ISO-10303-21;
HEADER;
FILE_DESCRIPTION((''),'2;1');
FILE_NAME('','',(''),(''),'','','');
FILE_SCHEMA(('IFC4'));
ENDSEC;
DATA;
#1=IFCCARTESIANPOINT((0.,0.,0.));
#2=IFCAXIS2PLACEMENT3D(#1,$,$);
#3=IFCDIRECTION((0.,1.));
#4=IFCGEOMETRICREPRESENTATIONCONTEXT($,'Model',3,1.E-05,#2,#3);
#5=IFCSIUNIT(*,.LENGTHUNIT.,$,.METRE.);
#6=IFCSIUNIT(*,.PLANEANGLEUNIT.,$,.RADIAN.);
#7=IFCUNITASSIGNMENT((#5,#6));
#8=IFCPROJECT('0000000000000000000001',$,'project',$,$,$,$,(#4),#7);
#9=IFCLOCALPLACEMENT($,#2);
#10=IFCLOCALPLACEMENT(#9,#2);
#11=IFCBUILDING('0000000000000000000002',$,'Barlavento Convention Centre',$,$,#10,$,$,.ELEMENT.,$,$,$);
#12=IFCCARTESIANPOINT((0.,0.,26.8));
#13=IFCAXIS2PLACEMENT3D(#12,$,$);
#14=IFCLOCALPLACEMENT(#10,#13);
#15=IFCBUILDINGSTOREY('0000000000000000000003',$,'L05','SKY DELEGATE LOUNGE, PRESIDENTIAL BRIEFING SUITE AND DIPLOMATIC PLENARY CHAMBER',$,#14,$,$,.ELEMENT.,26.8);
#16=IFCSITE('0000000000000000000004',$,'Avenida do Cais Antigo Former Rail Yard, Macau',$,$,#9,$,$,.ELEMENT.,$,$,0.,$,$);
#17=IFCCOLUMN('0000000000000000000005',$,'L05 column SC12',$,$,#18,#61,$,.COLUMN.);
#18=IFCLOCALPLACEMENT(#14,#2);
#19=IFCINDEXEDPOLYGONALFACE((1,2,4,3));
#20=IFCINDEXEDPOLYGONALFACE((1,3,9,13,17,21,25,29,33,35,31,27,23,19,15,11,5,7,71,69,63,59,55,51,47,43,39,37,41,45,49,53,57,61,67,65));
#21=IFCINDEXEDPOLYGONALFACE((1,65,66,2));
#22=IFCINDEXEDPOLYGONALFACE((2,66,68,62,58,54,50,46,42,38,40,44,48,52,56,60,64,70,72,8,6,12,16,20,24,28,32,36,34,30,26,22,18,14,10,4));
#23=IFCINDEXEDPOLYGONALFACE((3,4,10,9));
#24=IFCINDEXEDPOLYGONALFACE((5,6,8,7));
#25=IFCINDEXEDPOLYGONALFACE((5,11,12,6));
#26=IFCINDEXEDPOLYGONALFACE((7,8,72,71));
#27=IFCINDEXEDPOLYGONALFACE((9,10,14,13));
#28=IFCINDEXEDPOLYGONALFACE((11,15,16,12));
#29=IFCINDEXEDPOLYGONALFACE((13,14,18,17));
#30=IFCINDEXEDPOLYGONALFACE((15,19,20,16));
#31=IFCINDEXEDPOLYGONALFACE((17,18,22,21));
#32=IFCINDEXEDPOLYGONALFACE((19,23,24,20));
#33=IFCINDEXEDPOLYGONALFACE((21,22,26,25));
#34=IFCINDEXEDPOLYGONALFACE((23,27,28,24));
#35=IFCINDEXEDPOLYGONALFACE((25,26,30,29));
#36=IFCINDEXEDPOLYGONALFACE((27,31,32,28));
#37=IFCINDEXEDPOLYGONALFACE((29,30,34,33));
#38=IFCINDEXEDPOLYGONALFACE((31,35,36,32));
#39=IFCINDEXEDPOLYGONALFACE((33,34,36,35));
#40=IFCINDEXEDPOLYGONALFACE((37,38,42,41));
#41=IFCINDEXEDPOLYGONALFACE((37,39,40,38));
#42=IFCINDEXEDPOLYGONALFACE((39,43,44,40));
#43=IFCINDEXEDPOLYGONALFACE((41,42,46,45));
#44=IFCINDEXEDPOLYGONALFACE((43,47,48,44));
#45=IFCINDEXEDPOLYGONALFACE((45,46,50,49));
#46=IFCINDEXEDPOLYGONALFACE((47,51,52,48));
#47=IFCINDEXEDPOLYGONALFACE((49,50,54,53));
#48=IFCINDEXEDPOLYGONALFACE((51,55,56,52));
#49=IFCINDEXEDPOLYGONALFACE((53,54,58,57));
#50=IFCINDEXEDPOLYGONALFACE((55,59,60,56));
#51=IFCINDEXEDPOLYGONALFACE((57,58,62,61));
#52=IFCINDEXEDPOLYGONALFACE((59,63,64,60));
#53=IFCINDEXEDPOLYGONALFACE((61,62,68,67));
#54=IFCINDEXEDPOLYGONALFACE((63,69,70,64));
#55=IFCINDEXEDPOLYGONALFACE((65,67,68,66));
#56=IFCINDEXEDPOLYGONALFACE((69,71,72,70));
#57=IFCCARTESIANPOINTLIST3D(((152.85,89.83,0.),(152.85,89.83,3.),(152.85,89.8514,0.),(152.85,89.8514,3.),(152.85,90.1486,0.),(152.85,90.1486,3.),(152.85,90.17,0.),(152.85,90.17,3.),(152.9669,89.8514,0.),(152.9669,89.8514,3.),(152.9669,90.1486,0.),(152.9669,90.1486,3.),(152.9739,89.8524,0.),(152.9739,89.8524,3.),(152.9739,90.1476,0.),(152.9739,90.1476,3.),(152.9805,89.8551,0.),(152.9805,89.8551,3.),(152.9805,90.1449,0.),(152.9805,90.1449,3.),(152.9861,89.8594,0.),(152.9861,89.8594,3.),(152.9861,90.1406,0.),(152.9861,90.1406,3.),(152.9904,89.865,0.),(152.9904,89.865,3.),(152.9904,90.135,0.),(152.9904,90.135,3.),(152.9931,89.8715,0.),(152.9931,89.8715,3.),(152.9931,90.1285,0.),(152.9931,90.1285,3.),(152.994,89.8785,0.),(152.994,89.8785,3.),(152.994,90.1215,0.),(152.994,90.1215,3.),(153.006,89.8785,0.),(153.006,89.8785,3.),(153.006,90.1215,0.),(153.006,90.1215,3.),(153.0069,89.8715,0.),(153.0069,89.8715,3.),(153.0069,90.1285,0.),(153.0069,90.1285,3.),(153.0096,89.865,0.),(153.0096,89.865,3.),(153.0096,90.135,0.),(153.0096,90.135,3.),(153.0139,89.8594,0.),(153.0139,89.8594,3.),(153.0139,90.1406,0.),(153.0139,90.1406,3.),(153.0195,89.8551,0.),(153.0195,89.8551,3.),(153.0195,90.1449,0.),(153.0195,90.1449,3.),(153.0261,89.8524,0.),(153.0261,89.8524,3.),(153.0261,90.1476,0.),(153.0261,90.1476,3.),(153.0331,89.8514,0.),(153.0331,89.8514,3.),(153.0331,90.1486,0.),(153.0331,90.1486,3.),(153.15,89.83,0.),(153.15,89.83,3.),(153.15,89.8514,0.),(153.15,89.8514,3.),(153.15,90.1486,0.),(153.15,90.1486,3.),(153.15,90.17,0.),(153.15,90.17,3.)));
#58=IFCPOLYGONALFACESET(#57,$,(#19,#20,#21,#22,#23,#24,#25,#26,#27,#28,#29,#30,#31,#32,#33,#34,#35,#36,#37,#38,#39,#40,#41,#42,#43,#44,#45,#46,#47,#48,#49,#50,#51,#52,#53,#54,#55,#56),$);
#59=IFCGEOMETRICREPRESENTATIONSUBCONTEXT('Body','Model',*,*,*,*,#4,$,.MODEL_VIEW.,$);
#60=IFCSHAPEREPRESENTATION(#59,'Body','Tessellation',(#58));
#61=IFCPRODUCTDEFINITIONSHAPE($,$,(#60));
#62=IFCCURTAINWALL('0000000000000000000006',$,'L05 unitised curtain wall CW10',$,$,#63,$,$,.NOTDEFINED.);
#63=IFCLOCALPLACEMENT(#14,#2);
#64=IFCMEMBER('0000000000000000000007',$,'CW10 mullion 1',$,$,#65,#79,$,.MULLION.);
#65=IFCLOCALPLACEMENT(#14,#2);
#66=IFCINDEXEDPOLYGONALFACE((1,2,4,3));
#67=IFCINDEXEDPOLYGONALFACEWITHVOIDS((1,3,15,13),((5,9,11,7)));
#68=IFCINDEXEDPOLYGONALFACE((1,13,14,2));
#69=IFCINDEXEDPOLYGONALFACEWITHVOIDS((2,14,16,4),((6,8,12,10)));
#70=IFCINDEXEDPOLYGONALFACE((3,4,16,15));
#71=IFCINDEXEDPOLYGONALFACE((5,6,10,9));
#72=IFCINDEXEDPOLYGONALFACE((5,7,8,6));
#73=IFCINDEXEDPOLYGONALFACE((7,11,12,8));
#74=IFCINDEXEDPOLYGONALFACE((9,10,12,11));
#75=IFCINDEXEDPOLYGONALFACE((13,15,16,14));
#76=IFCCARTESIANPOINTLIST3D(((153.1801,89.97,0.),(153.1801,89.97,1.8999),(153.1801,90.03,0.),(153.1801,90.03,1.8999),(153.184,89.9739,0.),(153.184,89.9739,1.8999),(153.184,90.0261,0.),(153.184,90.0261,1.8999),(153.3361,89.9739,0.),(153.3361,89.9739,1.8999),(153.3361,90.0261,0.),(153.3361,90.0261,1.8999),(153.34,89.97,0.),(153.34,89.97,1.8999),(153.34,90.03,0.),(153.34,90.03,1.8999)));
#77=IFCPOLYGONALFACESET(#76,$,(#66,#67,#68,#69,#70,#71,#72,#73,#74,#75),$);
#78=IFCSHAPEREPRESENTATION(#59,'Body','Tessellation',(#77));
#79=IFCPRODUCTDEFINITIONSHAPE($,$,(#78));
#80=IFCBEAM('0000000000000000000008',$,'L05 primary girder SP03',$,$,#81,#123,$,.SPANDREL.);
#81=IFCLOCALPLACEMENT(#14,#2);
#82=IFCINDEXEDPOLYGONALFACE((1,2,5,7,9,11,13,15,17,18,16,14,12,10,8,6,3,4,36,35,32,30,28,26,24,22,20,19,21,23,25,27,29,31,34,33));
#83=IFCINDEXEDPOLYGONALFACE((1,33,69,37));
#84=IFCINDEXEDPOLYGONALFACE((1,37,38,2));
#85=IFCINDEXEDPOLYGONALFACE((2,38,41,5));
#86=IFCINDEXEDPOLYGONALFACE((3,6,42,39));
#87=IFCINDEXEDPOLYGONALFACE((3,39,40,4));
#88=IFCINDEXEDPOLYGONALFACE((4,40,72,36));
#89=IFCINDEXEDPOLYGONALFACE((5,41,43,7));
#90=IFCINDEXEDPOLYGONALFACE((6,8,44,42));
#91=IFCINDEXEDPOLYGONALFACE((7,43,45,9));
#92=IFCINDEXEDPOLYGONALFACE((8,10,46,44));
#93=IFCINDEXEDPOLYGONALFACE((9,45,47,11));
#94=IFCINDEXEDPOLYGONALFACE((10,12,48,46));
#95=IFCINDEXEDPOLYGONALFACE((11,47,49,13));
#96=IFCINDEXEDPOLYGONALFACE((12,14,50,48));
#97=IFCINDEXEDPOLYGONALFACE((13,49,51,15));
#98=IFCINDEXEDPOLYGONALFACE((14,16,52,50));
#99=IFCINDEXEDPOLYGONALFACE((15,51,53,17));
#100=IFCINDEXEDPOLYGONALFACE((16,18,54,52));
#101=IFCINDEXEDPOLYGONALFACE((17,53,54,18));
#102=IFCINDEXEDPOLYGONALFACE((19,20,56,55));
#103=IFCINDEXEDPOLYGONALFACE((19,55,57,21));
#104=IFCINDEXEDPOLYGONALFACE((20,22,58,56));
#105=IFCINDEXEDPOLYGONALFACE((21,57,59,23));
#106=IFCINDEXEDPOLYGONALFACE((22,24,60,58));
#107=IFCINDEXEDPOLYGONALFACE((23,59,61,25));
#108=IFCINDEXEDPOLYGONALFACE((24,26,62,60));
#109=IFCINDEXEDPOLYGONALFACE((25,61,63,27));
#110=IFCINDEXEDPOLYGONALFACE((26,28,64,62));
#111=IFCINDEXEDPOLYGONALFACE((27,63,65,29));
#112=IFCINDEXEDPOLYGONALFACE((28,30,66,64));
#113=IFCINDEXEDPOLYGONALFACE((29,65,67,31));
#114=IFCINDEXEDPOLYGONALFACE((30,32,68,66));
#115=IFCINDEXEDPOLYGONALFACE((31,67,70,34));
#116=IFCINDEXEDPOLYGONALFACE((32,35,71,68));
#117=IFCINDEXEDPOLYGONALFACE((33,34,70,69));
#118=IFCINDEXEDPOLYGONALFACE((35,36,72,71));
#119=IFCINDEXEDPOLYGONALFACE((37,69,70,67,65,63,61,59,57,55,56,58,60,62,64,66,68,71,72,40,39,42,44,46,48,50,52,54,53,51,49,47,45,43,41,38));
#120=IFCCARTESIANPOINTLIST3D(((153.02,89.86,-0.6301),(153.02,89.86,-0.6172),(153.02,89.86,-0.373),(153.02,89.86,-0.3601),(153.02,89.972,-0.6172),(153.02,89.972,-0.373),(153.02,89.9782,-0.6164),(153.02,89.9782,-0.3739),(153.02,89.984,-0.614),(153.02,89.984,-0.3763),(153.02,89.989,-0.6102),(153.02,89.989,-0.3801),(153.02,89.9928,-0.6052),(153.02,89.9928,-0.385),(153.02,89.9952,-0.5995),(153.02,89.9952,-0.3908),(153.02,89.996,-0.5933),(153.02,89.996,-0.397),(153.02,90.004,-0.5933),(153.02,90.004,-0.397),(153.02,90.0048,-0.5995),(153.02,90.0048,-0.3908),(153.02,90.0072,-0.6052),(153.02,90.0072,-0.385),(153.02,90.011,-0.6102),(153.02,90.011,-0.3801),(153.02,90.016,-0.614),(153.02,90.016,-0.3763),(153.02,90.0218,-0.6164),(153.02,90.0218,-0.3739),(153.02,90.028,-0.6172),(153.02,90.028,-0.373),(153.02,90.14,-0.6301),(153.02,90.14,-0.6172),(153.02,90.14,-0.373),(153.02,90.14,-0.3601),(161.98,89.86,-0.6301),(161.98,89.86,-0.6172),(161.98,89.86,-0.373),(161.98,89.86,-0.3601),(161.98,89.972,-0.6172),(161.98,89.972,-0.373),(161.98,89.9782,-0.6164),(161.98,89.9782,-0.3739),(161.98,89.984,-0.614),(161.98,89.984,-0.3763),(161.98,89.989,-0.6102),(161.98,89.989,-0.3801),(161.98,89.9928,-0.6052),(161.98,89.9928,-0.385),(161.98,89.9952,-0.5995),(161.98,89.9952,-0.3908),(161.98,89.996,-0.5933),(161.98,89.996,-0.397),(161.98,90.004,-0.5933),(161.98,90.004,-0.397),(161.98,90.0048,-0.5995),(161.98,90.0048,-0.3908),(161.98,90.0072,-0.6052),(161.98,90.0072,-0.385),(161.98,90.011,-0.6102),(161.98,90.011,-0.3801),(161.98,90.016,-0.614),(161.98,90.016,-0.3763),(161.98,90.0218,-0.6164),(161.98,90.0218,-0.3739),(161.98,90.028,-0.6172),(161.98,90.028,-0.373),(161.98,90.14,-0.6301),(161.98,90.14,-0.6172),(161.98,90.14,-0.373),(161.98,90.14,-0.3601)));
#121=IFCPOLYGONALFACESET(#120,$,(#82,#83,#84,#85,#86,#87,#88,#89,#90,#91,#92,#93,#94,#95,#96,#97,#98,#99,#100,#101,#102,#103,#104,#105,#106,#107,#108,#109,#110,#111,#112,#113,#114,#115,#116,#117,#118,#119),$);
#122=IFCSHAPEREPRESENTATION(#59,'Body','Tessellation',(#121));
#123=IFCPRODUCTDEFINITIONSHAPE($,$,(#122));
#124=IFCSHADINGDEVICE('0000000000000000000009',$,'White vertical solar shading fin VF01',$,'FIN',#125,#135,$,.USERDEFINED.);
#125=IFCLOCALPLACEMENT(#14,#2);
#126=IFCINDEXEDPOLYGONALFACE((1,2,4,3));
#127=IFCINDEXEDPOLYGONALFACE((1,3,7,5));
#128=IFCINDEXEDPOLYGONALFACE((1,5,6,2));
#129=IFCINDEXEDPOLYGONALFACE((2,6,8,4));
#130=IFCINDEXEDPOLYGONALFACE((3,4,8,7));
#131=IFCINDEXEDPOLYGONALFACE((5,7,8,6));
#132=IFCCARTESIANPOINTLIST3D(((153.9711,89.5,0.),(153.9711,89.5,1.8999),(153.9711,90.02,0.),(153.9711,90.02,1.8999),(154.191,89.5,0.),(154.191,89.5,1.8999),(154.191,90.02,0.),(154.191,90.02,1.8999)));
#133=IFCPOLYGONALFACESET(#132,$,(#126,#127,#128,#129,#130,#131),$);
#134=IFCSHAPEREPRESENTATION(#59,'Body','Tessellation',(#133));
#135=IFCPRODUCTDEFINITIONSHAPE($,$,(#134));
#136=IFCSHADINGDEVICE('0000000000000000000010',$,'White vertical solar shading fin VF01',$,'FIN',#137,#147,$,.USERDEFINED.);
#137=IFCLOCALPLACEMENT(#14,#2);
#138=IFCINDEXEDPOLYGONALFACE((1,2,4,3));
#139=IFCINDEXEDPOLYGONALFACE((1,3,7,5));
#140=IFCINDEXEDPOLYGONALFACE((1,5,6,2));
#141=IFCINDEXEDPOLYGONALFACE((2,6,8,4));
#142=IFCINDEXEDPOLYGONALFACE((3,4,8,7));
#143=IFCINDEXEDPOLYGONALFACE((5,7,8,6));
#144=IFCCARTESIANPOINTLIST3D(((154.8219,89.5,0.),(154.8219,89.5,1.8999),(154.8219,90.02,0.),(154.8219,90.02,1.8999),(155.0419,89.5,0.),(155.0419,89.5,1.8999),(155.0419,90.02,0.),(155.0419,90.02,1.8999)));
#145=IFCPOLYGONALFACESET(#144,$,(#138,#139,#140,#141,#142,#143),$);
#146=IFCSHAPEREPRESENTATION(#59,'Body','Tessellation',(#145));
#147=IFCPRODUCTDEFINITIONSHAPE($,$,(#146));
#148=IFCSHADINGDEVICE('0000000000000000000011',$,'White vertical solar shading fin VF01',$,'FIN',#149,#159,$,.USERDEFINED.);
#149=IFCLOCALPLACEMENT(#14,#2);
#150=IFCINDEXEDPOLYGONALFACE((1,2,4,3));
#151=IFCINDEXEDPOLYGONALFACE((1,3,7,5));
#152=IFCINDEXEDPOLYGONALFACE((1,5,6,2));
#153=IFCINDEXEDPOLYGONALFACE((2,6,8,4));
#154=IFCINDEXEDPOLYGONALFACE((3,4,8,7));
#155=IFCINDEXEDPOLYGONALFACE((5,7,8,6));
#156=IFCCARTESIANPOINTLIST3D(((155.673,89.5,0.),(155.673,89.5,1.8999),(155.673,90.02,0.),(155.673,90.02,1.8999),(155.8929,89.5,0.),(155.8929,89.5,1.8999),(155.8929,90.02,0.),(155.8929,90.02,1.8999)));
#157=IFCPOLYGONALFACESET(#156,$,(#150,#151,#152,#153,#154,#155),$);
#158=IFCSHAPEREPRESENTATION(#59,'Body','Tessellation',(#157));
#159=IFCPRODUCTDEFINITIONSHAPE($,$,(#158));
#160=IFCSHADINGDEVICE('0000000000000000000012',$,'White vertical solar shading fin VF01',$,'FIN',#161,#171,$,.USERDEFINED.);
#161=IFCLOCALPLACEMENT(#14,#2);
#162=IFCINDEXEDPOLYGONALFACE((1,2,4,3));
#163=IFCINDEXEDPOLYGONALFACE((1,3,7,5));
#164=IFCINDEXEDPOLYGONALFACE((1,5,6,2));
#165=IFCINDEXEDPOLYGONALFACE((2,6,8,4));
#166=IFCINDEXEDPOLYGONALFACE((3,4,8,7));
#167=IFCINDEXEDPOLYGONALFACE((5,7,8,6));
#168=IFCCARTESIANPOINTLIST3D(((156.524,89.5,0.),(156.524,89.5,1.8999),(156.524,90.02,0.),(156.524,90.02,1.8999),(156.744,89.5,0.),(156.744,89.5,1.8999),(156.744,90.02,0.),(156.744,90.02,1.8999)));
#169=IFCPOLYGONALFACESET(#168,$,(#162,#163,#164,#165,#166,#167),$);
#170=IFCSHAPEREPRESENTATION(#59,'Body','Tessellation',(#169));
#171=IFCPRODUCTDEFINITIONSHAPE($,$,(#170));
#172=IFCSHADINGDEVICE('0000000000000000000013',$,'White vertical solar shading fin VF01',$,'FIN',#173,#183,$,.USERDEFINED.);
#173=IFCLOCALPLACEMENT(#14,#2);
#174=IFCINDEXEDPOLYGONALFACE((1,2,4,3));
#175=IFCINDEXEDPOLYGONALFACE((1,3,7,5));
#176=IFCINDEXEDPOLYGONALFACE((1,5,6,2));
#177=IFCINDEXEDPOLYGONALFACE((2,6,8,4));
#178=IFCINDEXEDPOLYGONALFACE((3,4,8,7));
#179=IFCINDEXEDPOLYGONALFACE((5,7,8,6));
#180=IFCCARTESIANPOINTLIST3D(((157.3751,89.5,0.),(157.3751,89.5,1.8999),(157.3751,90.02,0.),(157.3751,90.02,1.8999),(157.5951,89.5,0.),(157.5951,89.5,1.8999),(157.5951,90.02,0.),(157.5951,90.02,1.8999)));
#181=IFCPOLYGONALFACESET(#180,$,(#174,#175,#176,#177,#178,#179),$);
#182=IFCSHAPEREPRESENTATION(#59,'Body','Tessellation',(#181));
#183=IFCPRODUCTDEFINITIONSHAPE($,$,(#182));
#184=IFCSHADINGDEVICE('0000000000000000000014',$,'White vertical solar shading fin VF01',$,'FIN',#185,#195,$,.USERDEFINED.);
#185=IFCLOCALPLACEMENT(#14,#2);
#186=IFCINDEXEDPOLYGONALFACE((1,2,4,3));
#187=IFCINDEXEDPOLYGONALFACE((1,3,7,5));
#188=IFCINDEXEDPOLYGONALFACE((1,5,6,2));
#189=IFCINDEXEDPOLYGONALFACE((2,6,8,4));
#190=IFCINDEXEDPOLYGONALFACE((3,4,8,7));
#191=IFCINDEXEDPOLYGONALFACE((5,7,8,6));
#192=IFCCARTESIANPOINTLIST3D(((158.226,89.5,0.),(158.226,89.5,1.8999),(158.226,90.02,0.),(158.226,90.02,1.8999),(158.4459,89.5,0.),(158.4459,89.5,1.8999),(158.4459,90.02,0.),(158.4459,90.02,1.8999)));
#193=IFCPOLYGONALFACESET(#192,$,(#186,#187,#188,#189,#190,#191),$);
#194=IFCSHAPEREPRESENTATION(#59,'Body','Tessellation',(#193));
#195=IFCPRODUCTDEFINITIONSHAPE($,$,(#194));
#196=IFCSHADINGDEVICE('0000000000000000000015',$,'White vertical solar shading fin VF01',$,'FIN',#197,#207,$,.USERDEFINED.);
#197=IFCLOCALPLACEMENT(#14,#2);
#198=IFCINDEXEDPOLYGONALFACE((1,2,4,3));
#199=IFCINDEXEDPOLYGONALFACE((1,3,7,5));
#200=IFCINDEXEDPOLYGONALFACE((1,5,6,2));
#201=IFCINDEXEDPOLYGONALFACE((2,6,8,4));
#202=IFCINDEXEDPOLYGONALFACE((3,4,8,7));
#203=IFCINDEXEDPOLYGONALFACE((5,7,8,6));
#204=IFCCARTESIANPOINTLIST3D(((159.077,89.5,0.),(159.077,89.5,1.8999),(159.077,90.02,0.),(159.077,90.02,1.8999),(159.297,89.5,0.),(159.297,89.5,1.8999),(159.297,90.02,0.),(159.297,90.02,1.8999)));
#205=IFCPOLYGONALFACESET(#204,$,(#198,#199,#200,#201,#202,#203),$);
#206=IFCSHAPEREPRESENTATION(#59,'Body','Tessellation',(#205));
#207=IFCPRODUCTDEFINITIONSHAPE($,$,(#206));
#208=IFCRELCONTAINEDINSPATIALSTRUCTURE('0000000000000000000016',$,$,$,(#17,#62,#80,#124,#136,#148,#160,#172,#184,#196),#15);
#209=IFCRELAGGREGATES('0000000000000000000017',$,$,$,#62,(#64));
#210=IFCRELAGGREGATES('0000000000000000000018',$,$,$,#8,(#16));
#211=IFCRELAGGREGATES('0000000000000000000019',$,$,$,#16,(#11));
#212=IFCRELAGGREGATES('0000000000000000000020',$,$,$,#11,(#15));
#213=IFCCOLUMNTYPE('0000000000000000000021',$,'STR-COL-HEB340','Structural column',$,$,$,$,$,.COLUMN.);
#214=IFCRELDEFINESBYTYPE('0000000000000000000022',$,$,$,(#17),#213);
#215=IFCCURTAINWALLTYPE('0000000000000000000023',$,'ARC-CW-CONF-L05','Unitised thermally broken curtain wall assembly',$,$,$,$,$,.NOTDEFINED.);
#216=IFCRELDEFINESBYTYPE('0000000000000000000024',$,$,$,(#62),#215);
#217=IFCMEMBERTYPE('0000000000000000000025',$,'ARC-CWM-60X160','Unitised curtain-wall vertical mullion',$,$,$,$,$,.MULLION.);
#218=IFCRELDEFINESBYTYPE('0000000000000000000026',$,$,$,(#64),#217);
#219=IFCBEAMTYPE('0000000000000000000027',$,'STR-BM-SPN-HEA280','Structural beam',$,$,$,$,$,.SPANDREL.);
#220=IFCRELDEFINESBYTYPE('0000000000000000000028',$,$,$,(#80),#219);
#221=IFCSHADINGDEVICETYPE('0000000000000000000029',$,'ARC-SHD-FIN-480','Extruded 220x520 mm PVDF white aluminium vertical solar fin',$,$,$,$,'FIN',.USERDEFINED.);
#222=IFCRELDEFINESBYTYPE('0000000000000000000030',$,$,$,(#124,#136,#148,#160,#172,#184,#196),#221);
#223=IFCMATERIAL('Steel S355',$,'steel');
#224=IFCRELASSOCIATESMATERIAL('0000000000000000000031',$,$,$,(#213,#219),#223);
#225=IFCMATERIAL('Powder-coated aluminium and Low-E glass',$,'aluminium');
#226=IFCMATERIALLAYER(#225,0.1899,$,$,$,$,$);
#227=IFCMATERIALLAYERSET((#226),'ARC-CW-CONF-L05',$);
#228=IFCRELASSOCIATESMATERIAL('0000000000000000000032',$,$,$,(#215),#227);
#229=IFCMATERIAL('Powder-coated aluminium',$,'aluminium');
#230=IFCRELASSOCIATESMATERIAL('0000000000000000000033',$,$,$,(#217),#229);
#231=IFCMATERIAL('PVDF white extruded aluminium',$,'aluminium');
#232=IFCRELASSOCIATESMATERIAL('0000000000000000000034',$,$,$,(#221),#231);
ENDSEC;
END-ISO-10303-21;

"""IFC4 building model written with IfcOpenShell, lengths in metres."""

from ifc_helpers import new_model, si_unit, direction, frame, origin, origin_2d, place, context, subcontext, project, spatial, rectangle, hollow_rectangle, i_section, extrude, material, layer, layer_set, material_profile, profile_set, type_object, element, aggregate, save


model = new_model("IFC4")

# Units and contexts
model_context = context("Model", 3, precision=1e-05, world=origin(), true_north=direction((0.0, 1.0)))
body_context = subcontext(model_context, "Body", "Model", "MODEL_VIEW")
ifc_project = project(units=[si_unit("LENGTHUNIT", "METRE"), si_unit("PLANEANGLEUNIT", "RADIAN")], contexts=[model_context])

# Site, building, storey
site_placement = place(None, origin())
site = spatial("IfcSite", under=ifc_project, at=site_placement, Name="Avenida do Cais Antigo Former Rail Yard, Macau", CompositionType="ELEMENT", RefElevation=0.0)
building_placement = place(site_placement, origin())
building = spatial("IfcBuilding", under=site, at=building_placement, Name="Barlavento Convention Centre", CompositionType="ELEMENT")
storey_placement = place(building_placement, frame((0.0, 0.0, 26.8)))
storey = spatial("IfcBuildingStorey", under=building, at=storey_placement, Name="L05", Description="SKY DELEGATE LOUNGE, PRESIDENTIAL BRIEFING SUITE AND DIPLOMATIC PLENARY CHAMBER", CompositionType="ELEMENT", Elevation=26.8)

# Column
ifc_material_1 = material(Name="Steel S355", Category="steel")
ifc_material_profile_1 = material_profile(ifc_material_1, i_section(OverallWidth=0.3, OverallDepth=0.3401, WebThickness=0.012, FlangeThickness=0.0215, FilletRadius=0.0271, at=origin_2d()), Name="HEB 340")
ifc_profile_set_1 = profile_set([ifc_material_profile_1], Name="Steel S355")
column_type = type_object("IfcColumnType", Name="STR-COL-HEB340", Description="Structural column", PredefinedType="COLUMN", material=ifc_profile_set_1)
column_placement = place(storey_placement, frame((153.0, 90.0, 0.0), z_axis=(0.0, 0.0, 1.0), x_axis=(1.0, 0.0, 0.0)))
element("IfcColumn", 1, at=column_placement, inside=storey, type_object=column_type, Name="L05 column SC12", PredefinedType="COLUMN", context=body_context, shape_type="SweptSolid", body=[
    extrude(i_section(OverallWidth=0.3, OverallDepth=0.3401, WebThickness=0.012, FlangeThickness=0.0215, FilletRadius=0.0271, at=origin_2d()), origin(), (0.0, 0.0, 1.0), 3.0),
])

# Curtain wall, member
ifc_material_2 = material(Name="Powder-coated aluminium and Low-E glass", Category="aluminium")
ifc_layer = layer(ifc_material_2, 0.1899)
ifc_layer_set = layer_set([ifc_layer], Name="ARC-CW-CONF-L05")
curtain_wall_type = type_object("IfcCurtainWallType", Name="ARC-CW-CONF-L05", Description="Unitised thermally broken curtain wall assembly", PredefinedType="NOTDEFINED", material=ifc_layer_set)
curtain_wall_placement = place(storey_placement, origin())
curtain_wall = element("IfcCurtainWall", 2, at=curtain_wall_placement, inside=storey, type_object=curtain_wall_type, Name="L05 unitised curtain wall CW10", PredefinedType="NOTDEFINED")
ifc_material_3 = material(Name="Powder-coated aluminium", Category="aluminium")
ifc_material_profile_2 = material_profile(ifc_material_3, hollow_rectangle(XDim=0.0601, YDim=0.1599, WallThickness=0.0039, at=origin_2d()), Name="AL-MULL 60x160x4")
ifc_profile_set_2 = profile_set([ifc_material_profile_2], Name="Powder-coated aluminium")
member_type = type_object("IfcMemberType", Name="ARC-CWM-60X160", Description="Unitised curtain-wall vertical mullion", PredefinedType="MULLION", material=ifc_profile_set_2)
member_placement = place(storey_placement, frame((153.26, 90.0, 0.0), z_axis=(0.0, 0.0, 1.0), x_axis=(0.0, 1.0, 0.0)))
member = element("IfcMember", 3, at=member_placement, type_object=member_type, Name="CW10 mullion 1", PredefinedType="MULLION", context=body_context, shape_type="SweptSolid", body=[
    extrude(hollow_rectangle(XDim=0.0601, YDim=0.1599, WallThickness=0.0039, at=origin_2d()), origin(), (0.0, 0.0, 1.0), 1.8999),
])
aggregate(curtain_wall, [member])

# Beam
ifc_material_profile_3 = material_profile(ifc_material_1, i_section(OverallWidth=0.28, OverallDepth=0.27, WebThickness=0.0081, FlangeThickness=0.0129, FilletRadius=0.0239, at=origin_2d()), Name="HEA 280")
ifc_profile_set_3 = profile_set([ifc_material_profile_3], Name="Steel S355")
beam_type = type_object("IfcBeamType", Name="STR-BM-SPN-HEA280", Description="Structural beam", PredefinedType="SPANDREL", material=ifc_profile_set_3)
beam_placement = place(storey_placement, frame((153.02, 90.0, -0.4951), z_axis=(1.0, 0.0, 0.0), x_axis=(0.0, 1.0, 0.0)))
element("IfcBeam", 4, at=beam_placement, inside=storey, type_object=beam_type, Name="L05 primary girder SP03", PredefinedType="SPANDREL", context=body_context, shape_type="SweptSolid", body=[
    extrude(i_section(OverallWidth=0.28, OverallDepth=0.27, WebThickness=0.0081, FlangeThickness=0.0129, FilletRadius=0.0239, at=origin_2d()), origin(), (0.0, 0.0, 1.0), 8.96),
])

# Shading devices
ifc_material_4 = material(Name="PVDF white extruded aluminium", Category="aluminium")
shading_device_type = type_object("IfcShadingDeviceType", Name="ARC-SHD-FIN-480", Description="Extruded 220x520 mm PVDF white aluminium vertical solar fin", ElementType="FIN", PredefinedType="USERDEFINED", material=ifc_material_4)
for number, where, z_axis, x_axis, name in (
    (5, (154.0811, 89.76, 0.0), (0.0, 0.0, 1.0), (1.0, 0.0, 0.0), "White vertical solar shading fin VF01"),
    (6, (154.9319, 89.76, 0.0), (0.0, 0.0, 1.0), (1.0, 0.0, 0.0), "White vertical solar shading fin VF01"),
    (7, (155.783, 89.76, 0.0), (0.0, 0.0, 1.0), (1.0, 0.0, 0.0), "White vertical solar shading fin VF01"),
    (8, (156.634, 89.76, 0.0), (0.0, 0.0, 1.0), (1.0, 0.0, 0.0), "White vertical solar shading fin VF01"),
    (9, (157.4851, 89.76, 0.0), (0.0, 0.0, 1.0), (1.0, 0.0, 0.0), "White vertical solar shading fin VF01"),
    (10, (158.3359, 89.76, 0.0), (0.0, 0.0, 1.0), (1.0, 0.0, 0.0), "White vertical solar shading fin VF01"),
    (11, (159.187, 89.76, 0.0), (0.0, 0.0, 1.0), (1.0, 0.0, 0.0), "White vertical solar shading fin VF01"),
):
    element("IfcShadingDevice", number, at=place(storey_placement, frame(where, z_axis=z_axis, x_axis=x_axis)), inside=storey, type_object=shading_device_type, Name=name, ObjectType="FIN", PredefinedType="USERDEFINED", context=body_context, shape_type="SweptSolid", body=[
        extrude(rectangle(XDim=0.22, YDim=0.52, at=origin_2d()), origin(), (0.0, 0.0, 1.0), 1.8999),
    ])

save(model, "model.ifc")
